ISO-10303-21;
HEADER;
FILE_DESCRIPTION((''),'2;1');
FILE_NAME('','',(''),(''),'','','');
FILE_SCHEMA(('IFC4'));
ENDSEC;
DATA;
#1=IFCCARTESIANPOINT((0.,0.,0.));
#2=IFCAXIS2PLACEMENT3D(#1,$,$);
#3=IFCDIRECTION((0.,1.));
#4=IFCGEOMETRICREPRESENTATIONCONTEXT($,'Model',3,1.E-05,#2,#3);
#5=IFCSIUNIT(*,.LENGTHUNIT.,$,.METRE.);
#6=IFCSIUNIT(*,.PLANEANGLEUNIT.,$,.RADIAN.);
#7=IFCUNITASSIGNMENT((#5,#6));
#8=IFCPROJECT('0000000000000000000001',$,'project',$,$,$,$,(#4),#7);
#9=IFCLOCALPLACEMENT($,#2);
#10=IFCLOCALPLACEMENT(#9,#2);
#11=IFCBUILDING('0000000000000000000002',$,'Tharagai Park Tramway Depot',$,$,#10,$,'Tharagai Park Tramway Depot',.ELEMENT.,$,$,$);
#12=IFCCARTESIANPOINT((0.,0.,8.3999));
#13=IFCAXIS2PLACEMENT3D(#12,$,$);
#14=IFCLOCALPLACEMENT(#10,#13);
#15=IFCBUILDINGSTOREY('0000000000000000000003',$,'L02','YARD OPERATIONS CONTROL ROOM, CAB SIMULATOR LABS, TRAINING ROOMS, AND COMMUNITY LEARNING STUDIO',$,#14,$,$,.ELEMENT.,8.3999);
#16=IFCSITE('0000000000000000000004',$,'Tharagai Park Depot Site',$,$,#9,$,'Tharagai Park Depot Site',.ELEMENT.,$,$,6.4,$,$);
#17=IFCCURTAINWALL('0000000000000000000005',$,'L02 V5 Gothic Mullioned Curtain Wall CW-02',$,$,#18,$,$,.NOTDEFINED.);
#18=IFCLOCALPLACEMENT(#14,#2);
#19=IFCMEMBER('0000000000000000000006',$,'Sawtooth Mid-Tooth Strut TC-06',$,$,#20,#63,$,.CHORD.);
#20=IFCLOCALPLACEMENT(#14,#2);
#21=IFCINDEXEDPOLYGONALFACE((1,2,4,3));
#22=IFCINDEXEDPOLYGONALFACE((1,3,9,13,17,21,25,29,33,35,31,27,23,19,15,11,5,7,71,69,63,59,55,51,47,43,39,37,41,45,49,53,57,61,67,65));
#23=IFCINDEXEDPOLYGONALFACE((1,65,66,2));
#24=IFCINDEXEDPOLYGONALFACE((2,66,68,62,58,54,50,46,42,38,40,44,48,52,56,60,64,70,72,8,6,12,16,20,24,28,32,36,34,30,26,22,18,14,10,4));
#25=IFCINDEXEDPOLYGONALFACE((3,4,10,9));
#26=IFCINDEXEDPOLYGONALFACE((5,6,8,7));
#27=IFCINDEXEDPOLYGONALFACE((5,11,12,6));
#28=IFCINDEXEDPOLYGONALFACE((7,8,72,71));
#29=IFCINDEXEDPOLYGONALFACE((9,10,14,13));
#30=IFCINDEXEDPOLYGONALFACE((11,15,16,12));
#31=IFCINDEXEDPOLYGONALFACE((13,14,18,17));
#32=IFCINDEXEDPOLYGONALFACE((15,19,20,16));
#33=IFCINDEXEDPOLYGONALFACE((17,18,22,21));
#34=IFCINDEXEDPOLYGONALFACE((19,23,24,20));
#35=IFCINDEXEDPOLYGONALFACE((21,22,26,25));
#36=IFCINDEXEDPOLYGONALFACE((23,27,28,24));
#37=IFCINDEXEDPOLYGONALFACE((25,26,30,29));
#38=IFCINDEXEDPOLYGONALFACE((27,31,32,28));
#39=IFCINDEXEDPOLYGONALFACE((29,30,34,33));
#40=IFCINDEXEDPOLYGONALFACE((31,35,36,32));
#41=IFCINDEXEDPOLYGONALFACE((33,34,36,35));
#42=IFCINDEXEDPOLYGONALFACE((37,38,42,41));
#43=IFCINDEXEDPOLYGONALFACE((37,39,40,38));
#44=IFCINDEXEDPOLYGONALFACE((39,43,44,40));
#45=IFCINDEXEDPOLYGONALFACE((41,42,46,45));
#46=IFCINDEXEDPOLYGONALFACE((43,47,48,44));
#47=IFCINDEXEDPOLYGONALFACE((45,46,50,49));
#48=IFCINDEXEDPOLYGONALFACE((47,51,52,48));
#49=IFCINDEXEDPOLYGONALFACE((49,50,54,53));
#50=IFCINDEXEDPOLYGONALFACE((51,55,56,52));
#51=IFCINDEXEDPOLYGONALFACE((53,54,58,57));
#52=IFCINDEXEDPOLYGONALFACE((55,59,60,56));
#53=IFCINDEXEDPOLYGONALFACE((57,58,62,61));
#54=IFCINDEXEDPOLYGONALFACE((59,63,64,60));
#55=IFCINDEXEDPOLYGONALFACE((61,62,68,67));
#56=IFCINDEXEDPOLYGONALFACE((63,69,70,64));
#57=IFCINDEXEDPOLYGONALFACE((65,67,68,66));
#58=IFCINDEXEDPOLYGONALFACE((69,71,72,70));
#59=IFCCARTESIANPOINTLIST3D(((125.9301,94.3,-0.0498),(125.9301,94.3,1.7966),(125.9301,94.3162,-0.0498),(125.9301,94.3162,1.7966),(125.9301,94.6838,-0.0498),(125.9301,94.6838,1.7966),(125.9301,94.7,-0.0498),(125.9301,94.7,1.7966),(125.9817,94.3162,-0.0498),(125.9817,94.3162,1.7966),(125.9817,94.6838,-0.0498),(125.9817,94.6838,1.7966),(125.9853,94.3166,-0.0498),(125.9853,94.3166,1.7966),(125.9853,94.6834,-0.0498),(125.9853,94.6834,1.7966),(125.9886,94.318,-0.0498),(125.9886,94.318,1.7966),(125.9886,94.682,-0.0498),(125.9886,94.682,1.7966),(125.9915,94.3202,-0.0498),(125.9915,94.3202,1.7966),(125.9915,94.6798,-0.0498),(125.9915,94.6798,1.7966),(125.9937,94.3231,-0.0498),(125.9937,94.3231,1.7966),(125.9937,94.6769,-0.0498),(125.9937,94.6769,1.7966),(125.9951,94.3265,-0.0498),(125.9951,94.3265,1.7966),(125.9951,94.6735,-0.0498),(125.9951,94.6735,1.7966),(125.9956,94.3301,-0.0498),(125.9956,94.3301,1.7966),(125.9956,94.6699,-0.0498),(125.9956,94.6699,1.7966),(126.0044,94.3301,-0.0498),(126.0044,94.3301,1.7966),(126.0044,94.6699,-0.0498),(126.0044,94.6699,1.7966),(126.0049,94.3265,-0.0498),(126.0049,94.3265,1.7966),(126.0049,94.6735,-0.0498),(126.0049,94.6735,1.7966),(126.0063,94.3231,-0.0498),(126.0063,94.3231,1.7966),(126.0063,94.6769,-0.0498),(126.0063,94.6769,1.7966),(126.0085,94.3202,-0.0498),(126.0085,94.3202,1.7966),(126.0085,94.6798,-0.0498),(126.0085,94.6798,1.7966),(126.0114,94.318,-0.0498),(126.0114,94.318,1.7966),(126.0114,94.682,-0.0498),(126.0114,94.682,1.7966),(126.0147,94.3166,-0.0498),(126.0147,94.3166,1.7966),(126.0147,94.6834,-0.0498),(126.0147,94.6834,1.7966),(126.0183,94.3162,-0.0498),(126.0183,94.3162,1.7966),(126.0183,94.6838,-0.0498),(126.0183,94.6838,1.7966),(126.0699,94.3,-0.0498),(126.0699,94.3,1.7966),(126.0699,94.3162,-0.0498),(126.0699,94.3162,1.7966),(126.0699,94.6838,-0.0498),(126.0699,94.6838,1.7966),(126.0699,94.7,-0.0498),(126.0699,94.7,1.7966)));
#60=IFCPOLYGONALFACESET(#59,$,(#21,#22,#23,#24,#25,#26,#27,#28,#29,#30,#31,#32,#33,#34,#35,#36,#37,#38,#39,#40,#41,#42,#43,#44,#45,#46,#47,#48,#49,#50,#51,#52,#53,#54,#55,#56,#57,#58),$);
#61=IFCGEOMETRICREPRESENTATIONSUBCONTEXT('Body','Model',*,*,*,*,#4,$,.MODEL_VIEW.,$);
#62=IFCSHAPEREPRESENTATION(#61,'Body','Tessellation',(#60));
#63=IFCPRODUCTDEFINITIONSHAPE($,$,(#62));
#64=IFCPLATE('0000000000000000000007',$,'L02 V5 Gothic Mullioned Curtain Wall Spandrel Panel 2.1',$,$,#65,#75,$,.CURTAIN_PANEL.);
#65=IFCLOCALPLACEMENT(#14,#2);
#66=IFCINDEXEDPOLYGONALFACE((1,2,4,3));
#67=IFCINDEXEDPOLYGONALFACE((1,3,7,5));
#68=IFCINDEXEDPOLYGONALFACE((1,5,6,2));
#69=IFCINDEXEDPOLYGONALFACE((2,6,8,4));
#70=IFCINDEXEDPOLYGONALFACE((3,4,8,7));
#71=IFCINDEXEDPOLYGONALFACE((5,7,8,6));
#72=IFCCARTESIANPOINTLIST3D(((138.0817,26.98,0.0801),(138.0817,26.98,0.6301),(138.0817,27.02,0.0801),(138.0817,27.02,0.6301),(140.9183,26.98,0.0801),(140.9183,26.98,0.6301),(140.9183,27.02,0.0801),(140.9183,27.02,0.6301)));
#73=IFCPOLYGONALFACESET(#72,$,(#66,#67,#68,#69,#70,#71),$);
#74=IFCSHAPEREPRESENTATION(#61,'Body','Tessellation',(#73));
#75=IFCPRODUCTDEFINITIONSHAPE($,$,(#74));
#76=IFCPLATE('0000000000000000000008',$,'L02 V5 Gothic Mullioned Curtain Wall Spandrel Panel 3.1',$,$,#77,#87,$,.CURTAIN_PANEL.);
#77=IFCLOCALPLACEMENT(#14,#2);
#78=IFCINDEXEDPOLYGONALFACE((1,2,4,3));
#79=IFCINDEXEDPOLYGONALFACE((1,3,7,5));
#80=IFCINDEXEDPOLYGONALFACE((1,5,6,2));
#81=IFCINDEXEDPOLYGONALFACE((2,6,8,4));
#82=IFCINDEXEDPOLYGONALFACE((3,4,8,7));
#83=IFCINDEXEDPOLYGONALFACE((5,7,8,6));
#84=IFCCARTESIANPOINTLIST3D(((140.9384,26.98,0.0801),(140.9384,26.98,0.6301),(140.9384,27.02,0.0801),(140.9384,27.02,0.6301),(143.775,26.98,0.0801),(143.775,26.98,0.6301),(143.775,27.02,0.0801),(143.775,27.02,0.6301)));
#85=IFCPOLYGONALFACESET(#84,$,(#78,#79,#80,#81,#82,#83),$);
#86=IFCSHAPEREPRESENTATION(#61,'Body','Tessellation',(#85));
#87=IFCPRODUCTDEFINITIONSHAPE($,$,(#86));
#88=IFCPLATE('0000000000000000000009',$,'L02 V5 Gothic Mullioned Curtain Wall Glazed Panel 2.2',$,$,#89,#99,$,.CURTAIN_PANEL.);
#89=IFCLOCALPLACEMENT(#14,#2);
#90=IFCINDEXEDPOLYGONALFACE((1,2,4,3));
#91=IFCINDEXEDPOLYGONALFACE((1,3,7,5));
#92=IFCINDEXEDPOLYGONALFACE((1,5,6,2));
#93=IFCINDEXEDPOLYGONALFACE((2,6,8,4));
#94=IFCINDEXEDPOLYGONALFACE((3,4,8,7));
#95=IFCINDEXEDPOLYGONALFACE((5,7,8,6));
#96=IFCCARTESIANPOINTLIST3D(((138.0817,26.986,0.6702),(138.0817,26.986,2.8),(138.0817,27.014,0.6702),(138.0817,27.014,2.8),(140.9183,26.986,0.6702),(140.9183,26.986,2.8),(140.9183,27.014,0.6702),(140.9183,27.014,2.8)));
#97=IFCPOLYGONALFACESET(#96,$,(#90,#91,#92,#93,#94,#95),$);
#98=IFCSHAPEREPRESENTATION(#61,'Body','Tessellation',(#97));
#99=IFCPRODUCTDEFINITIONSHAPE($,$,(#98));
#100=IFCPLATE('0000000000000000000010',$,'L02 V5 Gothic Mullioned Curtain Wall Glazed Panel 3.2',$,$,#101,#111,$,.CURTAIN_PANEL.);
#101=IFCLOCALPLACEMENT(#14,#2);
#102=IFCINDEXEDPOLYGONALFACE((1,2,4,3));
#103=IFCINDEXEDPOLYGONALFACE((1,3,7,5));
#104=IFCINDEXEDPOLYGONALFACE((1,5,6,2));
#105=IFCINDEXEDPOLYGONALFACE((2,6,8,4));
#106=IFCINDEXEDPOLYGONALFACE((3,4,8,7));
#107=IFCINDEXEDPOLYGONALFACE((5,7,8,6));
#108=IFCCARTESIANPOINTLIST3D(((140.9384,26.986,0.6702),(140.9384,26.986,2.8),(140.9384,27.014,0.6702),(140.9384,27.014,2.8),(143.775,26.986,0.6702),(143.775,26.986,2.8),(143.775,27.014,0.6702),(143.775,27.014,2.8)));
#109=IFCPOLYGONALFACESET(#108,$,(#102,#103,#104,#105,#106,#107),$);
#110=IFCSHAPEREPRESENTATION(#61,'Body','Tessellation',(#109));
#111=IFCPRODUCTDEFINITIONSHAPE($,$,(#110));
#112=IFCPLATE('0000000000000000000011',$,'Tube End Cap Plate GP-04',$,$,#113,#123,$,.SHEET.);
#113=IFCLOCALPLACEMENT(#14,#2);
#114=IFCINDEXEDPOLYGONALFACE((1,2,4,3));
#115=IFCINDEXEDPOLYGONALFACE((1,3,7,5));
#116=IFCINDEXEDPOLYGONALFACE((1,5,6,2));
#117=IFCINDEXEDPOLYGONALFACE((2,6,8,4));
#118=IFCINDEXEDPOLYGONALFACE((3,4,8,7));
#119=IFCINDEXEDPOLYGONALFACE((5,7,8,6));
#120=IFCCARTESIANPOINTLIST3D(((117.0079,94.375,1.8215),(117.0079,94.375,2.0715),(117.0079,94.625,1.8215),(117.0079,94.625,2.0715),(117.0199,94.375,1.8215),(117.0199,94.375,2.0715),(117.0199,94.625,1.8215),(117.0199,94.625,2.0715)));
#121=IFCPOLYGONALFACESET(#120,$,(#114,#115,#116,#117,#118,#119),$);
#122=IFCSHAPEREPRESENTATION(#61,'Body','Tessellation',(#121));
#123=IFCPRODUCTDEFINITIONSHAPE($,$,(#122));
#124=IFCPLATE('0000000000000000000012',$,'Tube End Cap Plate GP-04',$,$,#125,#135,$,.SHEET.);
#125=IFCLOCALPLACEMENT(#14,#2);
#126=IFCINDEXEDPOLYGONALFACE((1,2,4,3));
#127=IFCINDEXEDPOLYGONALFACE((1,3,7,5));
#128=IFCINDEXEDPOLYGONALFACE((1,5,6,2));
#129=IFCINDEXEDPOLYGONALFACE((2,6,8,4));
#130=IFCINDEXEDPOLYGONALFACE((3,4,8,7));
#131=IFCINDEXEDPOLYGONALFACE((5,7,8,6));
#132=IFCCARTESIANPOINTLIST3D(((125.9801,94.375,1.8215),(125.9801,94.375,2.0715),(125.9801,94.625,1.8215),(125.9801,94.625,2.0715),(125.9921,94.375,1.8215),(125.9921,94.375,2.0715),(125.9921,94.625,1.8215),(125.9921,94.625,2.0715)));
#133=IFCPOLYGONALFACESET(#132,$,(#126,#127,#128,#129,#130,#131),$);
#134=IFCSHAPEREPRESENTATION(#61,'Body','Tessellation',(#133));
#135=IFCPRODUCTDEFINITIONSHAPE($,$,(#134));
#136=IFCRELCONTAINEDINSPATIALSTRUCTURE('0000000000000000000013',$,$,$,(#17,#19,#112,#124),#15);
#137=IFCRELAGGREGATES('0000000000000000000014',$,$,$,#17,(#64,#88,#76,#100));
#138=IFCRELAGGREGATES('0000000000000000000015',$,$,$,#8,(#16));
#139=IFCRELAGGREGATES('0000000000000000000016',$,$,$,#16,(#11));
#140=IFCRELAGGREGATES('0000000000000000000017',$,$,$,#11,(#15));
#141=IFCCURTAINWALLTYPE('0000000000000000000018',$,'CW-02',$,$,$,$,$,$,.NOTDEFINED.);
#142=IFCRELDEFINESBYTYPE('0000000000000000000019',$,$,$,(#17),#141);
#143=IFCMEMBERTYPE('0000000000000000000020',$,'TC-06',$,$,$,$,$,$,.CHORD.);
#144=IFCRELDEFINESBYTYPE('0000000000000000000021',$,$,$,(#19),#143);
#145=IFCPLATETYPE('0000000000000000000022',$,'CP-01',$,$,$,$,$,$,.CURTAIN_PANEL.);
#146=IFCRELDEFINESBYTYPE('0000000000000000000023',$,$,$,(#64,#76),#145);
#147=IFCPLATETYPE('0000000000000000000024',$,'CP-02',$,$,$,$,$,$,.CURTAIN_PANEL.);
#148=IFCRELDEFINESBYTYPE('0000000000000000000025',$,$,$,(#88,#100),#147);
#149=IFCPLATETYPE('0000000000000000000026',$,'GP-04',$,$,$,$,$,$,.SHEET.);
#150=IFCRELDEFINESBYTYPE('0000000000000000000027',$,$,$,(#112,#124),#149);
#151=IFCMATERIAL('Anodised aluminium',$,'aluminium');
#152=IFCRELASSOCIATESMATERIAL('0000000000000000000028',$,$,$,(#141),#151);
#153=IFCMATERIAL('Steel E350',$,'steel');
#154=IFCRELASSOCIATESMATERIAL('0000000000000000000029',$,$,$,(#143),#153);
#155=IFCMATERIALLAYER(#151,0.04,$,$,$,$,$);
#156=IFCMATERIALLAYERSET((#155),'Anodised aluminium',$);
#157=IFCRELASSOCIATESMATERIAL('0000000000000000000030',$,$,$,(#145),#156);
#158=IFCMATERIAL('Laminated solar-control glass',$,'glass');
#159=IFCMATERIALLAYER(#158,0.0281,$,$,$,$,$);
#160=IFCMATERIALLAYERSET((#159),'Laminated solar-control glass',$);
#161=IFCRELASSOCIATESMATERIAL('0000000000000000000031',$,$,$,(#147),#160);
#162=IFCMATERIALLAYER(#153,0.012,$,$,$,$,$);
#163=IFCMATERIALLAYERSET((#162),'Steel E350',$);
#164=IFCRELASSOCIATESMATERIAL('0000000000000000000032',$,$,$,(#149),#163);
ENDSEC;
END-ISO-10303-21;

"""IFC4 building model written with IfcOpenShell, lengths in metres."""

from ifc_helpers import new_model, si_unit, direction, frame, origin, origin_2d, place, context, subcontext, project, spatial, rectangle, i_section, extrude, material, layer, layer_set, material_profile, profile_set, type_object, element, aggregate, save


model = new_model("IFC4")

# Units and contexts
model_context = context("Model", 3, precision=1e-05, world=origin(), true_north=direction((0.0, 1.0)))
body_context = subcontext(model_context, "Body", "Model", "MODEL_VIEW")
ifc_project = project(units=[si_unit("LENGTHUNIT", "METRE"), si_unit("PLANEANGLEUNIT", "RADIAN")], contexts=[model_context])

# Site, building, storey
site_placement = place(None, origin())
site = spatial("IfcSite", under=ifc_project, at=site_placement, Name="Tharagai Park Depot Site", LongName="Tharagai Park Depot Site", CompositionType="ELEMENT", RefElevation=6.4)
building_placement = place(site_placement, origin())
building = spatial("IfcBuilding", under=site, at=building_placement, Name="Tharagai Park Tramway Depot", LongName="Tharagai Park Tramway Depot", CompositionType="ELEMENT")
storey_placement = place(building_placement, frame((0.0, 0.0, 8.3999)))
storey = spatial("IfcBuildingStorey", under=building, at=storey_placement, Name="L02", Description="YARD OPERATIONS CONTROL ROOM, CAB SIMULATOR LABS, TRAINING ROOMS, AND COMMUNITY LEARNING STUDIO", CompositionType="ELEMENT", Elevation=8.3999)

# Shared definitions
ifc_material_1 = material(Name="Steel E350", Category="steel")

# Curtain wall
ifc_material_2 = material(Name="Anodised aluminium", Category="aluminium")
curtain_wall_type = type_object("IfcCurtainWallType", Name="CW-02", PredefinedType="NOTDEFINED", material=ifc_material_2)
curtain_wall_placement = place(storey_placement, origin())
curtain_wall = element("IfcCurtainWall", 1, at=curtain_wall_placement, inside=storey, type_object=curtain_wall_type, Name="L02 V5 Gothic Mullioned Curtain Wall CW-02", PredefinedType="NOTDEFINED")

# Member
ifc_material_profile_1 = material_profile(ifc_material_1, i_section(OverallWidth=0.1399, OverallDepth=0.3999, WebThickness=0.0088, FlangeThickness=0.0161, FilletRadius=0.0139, at=origin_2d()), Name="ISMB 400")
ifc_profile_set_1 = profile_set([ifc_material_profile_1], Name="Steel E350")
member_type_1 = type_object("IfcMemberType", Name="TC-06", PredefinedType="CHORD", material=ifc_profile_set_1)
member_1_placement = place(storey_placement, frame((126.0, 94.5, -0.0498), z_axis=(0.0, 0.0, 1.0), x_axis=(1.0, 0.0, 0.0)))
element("IfcMember", 2, at=member_1_placement, inside=storey, type_object=member_type_1, Name="Sawtooth Mid-Tooth Strut TC-06", PredefinedType="CHORD", context=body_context, shape_type="SweptSolid", body=[
    extrude(i_section(OverallWidth=0.1399, OverallDepth=0.3999, WebThickness=0.0088, FlangeThickness=0.0161, FilletRadius=0.0139, at=origin_2d()), origin(), (0.0, 0.0, 1.0), 1.8464),
])

# Plates
ifc_layer_1 = layer(ifc_material_2, 0.04)
ifc_layer_set_1 = layer_set([ifc_layer_1], Name="Anodised aluminium")
plate_type_1 = type_object("IfcPlateType", Name="CP-01", PredefinedType="CURTAIN_PANEL", material=ifc_layer_set_1)
plate_1_placement = place(storey_placement, frame((139.5, 27.0, 0.0801), z_axis=(0.0, 0.0, 1.0), x_axis=(1.0, 0.0, 0.0)))
plate_1 = element("IfcPlate", 3, at=plate_1_placement, type_object=plate_type_1, Name="L02 V5 Gothic Mullioned Curtain Wall Spandrel Panel 2.1", PredefinedType="CURTAIN_PANEL", context=body_context, shape_type="SweptSolid", body=[
    extrude(rectangle(XDim=2.8367, YDim=0.04, at=origin_2d()), origin(), (0.0, 0.0, 1.0), 0.55),
])
plate_2_placement = place(storey_placement, frame((142.3567, 27.0, 0.0801), z_axis=(0.0, 0.0, 1.0), x_axis=(1.0, 0.0, 0.0)))
plate_2 = element("IfcPlate", 4, at=plate_2_placement, type_object=plate_type_1, Name="L02 V5 Gothic Mullioned Curtain Wall Spandrel Panel 3.1", PredefinedType="CURTAIN_PANEL", context=body_context, shape_type="SweptSolid", body=[
    extrude(rectangle(XDim=2.8367, YDim=0.04, at=origin_2d()), origin(), (0.0, 0.0, 1.0), 0.55),
])
ifc_material_3 = material(Name="Laminated solar-control glass", Category="glass")
ifc_layer_2 = layer(ifc_material_3, 0.0281)
ifc_layer_set_2 = layer_set([ifc_layer_2], Name="Laminated solar-control glass")
plate_type_2 = type_object("IfcPlateType", Name="CP-02", PredefinedType="CURTAIN_PANEL", material=ifc_layer_set_2)
plate_3_placement = place(storey_placement, frame((139.5, 27.0, 0.6702), z_axis=(0.0, 0.0, 1.0), x_axis=(1.0, 0.0, 0.0)))
plate_3 = element("IfcPlate", 5, at=plate_3_placement, type_object=plate_type_2, Name="L02 V5 Gothic Mullioned Curtain Wall Glazed Panel 2.2", PredefinedType="CURTAIN_PANEL", context=body_context, shape_type="SweptSolid", body=[
    extrude(rectangle(XDim=2.8367, YDim=0.0281, at=origin_2d()), origin(), (0.0, 0.0, 1.0), 2.1299),
])
plate_4_placement = place(storey_placement, frame((142.3567, 27.0, 0.6702), z_axis=(0.0, 0.0, 1.0), x_axis=(1.0, 0.0, 0.0)))
plate_4 = element("IfcPlate", 6, at=plate_4_placement, type_object=plate_type_2, Name="L02 V5 Gothic Mullioned Curtain Wall Glazed Panel 3.2", PredefinedType="CURTAIN_PANEL", context=body_context, shape_type="SweptSolid", body=[
    extrude(rectangle(XDim=2.8367, YDim=0.0281, at=origin_2d()), origin(), (0.0, 0.0, 1.0), 2.1299),
])
aggregate(curtain_wall, [plate_1, plate_3, plate_2, plate_4])

# Plates
ifc_layer_3 = layer(ifc_material_1, 0.012)
ifc_layer_set_3 = layer_set([ifc_layer_3], Name="Steel E350")
plate_type_3 = type_object("IfcPlateType", Name="GP-04", PredefinedType="SHEET", material=ifc_layer_set_3)
for number, where, z_axis, x_axis, name in (
    (7, (117.0139, 94.5, 1.8215), (0.0, 0.0, 1.0), (1.0, 0.0, 0.0), "Tube End Cap Plate GP-04"),
    (8, (125.9861, 94.5, 1.8215), (0.0, 0.0, 1.0), (1.0, 0.0, 0.0), "Tube End Cap Plate GP-04"),
):
    element("IfcPlate", number, at=place(storey_placement, frame(where, z_axis=z_axis, x_axis=x_axis)), inside=storey, type_object=plate_type_3, Name=name, PredefinedType="SHEET", context=body_context, shape_type="SweptSolid", body=[
        extrude(rectangle(XDim=0.012, YDim=0.25, at=origin_2d()), origin(), (0.0, 0.0, 1.0), 0.25),
    ])

save(model, "model.ifc")
